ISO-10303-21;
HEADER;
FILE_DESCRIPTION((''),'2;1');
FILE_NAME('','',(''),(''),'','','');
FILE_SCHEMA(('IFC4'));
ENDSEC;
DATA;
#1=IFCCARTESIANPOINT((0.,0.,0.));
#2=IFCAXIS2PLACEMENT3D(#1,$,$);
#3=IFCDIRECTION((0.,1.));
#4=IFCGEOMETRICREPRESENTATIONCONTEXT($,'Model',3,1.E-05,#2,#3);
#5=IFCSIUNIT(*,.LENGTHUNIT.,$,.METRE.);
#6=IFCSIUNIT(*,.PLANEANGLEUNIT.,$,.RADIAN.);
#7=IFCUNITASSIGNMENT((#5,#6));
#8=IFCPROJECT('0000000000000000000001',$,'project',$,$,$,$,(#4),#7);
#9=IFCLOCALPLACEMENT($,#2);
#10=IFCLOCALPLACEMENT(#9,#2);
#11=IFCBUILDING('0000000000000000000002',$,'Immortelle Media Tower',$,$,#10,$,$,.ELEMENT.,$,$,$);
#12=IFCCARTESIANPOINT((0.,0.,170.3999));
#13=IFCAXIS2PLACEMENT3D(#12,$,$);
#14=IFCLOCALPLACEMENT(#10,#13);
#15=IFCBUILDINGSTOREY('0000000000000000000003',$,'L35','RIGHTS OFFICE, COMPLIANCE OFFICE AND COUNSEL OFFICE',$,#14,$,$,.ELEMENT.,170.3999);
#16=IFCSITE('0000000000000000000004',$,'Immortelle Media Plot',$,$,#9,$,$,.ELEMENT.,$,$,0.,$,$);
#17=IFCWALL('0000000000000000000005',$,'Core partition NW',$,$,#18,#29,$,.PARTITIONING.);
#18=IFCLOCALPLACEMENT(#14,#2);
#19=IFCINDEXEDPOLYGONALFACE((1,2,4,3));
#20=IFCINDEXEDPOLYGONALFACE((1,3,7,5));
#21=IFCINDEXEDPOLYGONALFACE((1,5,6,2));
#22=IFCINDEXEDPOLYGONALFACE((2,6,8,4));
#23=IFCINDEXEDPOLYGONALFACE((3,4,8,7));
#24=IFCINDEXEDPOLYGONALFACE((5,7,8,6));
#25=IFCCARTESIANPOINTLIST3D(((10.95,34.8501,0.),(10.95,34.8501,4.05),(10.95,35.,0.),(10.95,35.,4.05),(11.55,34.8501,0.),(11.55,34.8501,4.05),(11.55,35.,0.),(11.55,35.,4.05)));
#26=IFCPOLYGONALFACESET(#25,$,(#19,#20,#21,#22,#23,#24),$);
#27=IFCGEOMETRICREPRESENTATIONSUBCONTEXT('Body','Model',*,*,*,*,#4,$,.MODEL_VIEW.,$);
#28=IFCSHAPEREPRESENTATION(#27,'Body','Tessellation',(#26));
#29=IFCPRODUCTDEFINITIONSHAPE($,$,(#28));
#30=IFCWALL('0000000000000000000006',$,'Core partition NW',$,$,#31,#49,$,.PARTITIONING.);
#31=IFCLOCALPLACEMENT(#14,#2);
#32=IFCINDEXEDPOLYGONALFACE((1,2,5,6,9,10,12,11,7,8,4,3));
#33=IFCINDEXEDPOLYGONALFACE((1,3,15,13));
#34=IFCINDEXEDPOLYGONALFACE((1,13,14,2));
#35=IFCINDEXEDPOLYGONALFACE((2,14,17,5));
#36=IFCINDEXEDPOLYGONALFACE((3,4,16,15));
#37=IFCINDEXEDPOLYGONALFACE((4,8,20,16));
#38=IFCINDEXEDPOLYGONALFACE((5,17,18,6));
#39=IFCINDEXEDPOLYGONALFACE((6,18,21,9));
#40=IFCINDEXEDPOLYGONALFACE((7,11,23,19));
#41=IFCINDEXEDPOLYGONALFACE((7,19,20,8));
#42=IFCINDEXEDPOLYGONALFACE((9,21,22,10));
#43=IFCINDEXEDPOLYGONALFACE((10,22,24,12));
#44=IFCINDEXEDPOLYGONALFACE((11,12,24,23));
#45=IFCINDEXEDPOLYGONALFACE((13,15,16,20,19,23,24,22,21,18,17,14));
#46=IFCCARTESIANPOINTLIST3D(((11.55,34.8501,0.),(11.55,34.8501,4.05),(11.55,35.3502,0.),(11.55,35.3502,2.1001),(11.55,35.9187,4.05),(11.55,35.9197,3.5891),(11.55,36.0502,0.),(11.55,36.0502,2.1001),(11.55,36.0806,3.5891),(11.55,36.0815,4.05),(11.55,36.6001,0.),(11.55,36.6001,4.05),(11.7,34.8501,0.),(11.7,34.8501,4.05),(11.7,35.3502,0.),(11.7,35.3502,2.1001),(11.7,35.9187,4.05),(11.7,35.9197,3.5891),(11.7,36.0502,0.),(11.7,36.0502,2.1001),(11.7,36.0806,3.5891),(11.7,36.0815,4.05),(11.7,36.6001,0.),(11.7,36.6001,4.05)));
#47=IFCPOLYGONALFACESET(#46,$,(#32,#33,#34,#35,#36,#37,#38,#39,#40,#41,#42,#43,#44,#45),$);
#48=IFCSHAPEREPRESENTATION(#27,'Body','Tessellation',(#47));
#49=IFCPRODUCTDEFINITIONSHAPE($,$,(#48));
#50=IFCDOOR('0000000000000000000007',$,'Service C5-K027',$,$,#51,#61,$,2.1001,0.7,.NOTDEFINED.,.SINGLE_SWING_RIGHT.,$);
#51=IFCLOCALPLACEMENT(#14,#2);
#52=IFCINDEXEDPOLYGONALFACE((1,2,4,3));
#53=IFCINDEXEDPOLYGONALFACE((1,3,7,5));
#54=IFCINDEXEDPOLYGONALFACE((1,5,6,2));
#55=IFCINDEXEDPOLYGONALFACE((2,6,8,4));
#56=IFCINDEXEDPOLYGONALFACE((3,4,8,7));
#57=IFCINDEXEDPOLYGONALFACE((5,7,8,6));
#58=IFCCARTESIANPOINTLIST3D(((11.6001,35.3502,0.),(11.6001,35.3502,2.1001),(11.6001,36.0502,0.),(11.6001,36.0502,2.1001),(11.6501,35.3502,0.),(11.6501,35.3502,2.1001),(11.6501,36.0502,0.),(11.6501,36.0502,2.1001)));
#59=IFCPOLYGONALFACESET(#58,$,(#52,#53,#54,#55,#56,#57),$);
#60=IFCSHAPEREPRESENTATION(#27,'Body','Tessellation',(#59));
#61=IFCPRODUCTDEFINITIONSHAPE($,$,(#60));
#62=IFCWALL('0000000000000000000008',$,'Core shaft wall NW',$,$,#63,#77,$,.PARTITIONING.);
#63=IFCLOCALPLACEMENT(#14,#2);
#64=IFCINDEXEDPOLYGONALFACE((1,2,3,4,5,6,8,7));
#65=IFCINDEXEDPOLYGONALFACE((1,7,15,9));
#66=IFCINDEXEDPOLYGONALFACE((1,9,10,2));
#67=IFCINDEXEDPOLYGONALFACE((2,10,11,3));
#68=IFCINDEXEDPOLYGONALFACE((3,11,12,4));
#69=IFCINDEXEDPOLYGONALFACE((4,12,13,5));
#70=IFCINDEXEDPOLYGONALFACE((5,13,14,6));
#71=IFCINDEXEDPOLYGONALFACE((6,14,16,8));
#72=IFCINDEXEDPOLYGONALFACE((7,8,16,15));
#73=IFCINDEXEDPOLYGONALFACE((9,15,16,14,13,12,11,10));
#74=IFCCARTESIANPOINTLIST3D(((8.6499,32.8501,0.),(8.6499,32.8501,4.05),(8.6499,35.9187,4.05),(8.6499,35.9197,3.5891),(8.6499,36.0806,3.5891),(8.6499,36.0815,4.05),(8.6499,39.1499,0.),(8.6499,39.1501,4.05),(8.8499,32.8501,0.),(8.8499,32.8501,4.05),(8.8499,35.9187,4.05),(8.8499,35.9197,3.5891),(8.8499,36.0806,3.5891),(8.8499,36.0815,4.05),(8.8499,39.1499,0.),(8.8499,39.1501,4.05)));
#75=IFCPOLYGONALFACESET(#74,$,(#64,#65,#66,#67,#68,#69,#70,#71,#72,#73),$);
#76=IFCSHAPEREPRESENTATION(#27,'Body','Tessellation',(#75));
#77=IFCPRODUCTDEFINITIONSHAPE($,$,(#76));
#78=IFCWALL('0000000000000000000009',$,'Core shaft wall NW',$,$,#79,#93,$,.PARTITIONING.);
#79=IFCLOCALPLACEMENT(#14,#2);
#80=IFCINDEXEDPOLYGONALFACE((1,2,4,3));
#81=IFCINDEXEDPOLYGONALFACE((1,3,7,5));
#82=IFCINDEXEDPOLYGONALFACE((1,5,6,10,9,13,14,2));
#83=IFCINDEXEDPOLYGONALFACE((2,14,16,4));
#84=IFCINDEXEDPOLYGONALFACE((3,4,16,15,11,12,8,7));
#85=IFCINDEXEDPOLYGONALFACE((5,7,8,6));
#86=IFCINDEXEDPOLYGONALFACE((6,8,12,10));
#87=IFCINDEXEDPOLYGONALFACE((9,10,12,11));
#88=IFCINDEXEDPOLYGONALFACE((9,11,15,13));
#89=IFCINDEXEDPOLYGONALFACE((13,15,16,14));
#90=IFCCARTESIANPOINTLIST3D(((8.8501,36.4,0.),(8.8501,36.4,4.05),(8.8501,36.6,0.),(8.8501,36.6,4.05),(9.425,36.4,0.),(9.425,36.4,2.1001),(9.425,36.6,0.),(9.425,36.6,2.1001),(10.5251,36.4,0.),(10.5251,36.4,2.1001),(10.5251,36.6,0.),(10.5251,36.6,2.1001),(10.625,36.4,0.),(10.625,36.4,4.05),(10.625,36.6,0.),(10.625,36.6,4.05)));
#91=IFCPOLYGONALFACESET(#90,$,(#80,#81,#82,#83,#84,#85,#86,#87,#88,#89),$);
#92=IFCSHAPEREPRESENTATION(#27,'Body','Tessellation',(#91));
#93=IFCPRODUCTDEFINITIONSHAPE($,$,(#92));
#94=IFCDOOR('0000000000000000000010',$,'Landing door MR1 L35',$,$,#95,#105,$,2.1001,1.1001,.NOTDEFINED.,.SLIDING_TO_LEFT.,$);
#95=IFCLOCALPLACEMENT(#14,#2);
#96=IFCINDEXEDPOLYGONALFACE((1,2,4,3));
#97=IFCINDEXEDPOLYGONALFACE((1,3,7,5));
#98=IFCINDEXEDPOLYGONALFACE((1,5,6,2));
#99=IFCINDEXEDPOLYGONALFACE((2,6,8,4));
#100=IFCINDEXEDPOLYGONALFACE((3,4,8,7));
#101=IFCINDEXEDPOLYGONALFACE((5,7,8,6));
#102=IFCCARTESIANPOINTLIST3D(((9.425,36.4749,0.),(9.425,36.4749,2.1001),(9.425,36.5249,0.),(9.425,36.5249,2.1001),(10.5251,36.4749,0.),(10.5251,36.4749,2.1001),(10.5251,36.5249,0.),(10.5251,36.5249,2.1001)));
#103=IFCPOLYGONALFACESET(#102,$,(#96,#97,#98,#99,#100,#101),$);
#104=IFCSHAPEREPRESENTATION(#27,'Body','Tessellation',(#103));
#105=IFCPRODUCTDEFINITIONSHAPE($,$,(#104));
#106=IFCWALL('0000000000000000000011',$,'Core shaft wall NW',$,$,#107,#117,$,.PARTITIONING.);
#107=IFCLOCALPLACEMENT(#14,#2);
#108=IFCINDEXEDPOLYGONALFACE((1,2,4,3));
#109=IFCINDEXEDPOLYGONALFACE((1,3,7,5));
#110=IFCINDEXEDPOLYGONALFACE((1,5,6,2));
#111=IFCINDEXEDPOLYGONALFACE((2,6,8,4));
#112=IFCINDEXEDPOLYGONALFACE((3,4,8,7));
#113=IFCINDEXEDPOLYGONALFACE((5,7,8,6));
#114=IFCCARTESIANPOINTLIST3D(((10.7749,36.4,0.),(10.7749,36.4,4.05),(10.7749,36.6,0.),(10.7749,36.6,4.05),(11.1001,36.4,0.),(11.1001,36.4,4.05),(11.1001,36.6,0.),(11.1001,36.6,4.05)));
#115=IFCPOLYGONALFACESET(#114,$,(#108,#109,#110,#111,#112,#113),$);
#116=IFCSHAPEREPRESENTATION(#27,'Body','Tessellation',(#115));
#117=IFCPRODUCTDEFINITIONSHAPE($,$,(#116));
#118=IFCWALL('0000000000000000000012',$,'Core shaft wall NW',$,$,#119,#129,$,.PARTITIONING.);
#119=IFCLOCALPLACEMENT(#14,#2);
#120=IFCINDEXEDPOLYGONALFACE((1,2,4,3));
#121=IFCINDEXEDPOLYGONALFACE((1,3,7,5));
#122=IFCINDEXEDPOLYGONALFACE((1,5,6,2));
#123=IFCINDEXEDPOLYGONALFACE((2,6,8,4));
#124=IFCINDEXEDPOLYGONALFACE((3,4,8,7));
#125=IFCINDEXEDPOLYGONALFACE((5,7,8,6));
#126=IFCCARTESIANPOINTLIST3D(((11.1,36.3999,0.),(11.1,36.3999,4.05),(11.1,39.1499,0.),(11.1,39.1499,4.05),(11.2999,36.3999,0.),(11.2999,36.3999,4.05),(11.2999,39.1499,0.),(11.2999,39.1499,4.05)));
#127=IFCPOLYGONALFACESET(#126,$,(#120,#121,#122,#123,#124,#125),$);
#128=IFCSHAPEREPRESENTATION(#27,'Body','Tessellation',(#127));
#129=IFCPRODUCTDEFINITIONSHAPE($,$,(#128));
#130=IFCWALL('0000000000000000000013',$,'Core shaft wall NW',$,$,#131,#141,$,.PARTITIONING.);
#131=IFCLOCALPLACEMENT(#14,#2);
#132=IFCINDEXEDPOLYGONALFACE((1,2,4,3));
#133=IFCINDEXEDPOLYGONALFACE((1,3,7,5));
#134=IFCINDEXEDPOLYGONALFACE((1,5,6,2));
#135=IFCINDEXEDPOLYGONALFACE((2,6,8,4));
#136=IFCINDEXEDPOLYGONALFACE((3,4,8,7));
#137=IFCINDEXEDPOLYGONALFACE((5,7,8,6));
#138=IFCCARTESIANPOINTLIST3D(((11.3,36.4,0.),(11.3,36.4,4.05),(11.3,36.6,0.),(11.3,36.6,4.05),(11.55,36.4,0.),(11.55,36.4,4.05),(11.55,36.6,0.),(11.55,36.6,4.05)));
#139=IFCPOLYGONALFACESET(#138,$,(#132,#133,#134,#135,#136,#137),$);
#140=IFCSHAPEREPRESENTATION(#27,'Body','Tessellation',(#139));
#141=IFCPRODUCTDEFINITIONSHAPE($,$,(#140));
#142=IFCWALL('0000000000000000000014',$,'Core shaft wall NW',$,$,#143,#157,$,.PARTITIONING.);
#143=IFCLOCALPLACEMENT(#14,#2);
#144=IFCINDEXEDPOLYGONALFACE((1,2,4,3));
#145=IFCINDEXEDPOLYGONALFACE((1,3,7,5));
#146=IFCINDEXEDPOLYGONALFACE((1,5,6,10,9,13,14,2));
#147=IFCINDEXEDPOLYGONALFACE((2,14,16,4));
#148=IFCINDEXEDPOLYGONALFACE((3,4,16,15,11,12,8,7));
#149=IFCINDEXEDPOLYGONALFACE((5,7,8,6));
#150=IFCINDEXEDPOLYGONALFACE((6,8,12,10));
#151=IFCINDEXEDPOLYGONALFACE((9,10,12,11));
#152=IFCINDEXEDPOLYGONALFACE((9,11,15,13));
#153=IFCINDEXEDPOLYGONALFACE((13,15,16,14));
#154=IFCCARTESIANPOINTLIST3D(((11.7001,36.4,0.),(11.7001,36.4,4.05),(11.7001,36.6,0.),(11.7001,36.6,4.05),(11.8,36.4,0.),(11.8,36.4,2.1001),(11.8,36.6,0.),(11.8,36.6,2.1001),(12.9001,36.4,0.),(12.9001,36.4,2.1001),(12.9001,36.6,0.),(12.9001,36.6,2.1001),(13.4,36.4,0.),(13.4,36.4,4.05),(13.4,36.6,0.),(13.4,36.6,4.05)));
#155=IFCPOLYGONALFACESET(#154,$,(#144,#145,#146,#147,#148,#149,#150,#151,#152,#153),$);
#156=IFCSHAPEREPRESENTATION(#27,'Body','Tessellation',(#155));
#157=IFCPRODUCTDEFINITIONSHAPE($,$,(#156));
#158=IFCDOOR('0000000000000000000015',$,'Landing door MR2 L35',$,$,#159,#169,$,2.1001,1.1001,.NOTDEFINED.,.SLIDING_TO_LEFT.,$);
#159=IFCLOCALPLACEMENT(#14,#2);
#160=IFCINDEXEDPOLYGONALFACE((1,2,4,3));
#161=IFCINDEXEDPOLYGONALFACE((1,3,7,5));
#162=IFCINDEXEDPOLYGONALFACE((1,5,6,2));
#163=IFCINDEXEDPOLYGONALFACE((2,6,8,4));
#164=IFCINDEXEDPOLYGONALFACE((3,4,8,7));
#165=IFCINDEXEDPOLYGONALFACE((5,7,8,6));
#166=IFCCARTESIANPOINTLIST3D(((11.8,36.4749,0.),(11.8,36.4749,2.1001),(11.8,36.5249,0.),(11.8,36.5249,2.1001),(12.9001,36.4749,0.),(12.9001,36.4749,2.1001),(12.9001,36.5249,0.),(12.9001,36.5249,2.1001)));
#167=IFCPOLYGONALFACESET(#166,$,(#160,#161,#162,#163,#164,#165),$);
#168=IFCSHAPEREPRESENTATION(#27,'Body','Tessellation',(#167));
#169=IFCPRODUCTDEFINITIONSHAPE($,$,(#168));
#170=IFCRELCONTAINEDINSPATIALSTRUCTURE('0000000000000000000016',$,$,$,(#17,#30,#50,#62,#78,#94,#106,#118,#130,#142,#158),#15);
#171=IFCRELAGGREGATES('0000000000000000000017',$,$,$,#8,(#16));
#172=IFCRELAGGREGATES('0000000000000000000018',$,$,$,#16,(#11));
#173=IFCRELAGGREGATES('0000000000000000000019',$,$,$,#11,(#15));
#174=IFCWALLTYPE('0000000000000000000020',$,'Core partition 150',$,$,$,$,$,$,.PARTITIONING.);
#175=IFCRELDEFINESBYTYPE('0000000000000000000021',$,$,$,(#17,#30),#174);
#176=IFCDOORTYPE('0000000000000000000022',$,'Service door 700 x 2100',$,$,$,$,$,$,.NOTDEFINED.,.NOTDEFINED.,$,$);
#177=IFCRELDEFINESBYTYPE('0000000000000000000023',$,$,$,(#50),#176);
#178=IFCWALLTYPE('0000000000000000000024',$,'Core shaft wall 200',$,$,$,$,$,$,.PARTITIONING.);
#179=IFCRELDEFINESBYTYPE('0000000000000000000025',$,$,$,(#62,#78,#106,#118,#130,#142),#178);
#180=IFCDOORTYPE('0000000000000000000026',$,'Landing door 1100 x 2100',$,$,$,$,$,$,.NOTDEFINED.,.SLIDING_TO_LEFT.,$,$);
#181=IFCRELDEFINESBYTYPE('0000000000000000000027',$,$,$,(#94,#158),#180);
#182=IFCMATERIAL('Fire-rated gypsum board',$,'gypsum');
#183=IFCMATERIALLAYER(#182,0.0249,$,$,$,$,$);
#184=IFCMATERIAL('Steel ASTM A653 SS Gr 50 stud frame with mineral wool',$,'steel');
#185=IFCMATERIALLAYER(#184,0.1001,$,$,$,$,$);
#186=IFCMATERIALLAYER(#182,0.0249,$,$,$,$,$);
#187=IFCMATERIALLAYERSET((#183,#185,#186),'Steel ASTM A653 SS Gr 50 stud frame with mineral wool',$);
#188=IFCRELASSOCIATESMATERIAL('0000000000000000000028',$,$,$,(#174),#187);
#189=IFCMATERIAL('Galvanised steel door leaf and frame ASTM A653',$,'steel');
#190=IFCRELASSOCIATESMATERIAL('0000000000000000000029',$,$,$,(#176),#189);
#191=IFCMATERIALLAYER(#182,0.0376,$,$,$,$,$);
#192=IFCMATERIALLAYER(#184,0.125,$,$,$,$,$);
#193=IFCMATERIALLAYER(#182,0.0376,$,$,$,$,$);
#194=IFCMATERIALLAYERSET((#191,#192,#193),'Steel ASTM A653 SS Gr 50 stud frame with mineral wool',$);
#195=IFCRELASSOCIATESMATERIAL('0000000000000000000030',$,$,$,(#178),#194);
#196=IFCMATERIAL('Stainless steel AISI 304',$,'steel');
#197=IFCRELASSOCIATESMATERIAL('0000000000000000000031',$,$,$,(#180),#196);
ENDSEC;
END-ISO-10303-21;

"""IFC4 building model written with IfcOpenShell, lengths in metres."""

from ifc_helpers import new_model, si_unit, direction, frame, frame_2d, origin, place, context, subcontext, project, spatial, polyline, rectangle, outline, extrude, material, layer, layer_set, type_object, element, fill, save


model = new_model("IFC4")

# Units and contexts
model_context = context("Model", 3, precision=1e-05, world=origin(), true_north=direction((0.0, 1.0)))
body_context = subcontext(model_context, "Body", "Model", "MODEL_VIEW")
ifc_project = project(units=[si_unit("LENGTHUNIT", "METRE"), si_unit("PLANEANGLEUNIT", "RADIAN")], contexts=[model_context])

# Site, building, storey
site_placement = place(None, origin())
site = spatial("IfcSite", under=ifc_project, at=site_placement, Name="Immortelle Media Plot", CompositionType="ELEMENT", RefElevation=0.0)
building_placement = place(site_placement, origin())
building = spatial("IfcBuilding", under=site, at=building_placement, Name="Immortelle Media Tower", CompositionType="ELEMENT")
storey_placement = place(building_placement, frame((0.0, 0.0, 170.3999)))
storey = spatial("IfcBuildingStorey", under=building, at=storey_placement, Name="L35", Description="RIGHTS OFFICE, COMPLIANCE OFFICE AND COUNSEL OFFICE", CompositionType="ELEMENT", Elevation=170.3999)

# Shared definitions
ifc_material_1 = material(Name="Fire-rated gypsum board", Category="gypsum")
ifc_layer_1 = layer(ifc_material_1, 0.0249)
ifc_material_2 = material(Name="Steel ASTM A653 SS Gr 50 stud frame with mineral wool", Category="steel")
ifc_layer_2 = layer(ifc_material_2, 0.1001)
ifc_layer_3 = layer(ifc_material_1, 0.0249)
ifc_layer_set_1 = layer_set([ifc_layer_1, ifc_layer_2, ifc_layer_3], Name="Steel ASTM A653 SS Gr 50 stud frame with mineral wool")
wall_type_1 = type_object("IfcWallType", Name="Core partition 150", PredefinedType="PARTITIONING", material=ifc_layer_set_1)

# Shared definitions
ifc_material_3 = material(Name="Galvanised steel door leaf and frame ASTM A653", Category="steel")

# Wall
wall_1_placement = place(storey_placement, frame((10.95, 34.925, 0.0), z_axis=(0.0, 0.0, 1.0), x_axis=(1.0, 0.0, 0.0)))
element("IfcWall", 1, at=wall_1_placement, inside=storey, type_object=wall_type_1, Name="Core partition NW", PredefinedType="PARTITIONING", context=body_context, shape_type="SweptSolid", body=[
    extrude(rectangle(XDim=0.6001, YDim=0.1499, at=frame_2d((0.3, 0.0))), origin(), (0.0, 0.0, 1.0), 4.05),
])

# Wall, opening, door
wall_2_placement = place(storey_placement, frame((11.625, 34.8501, 0.0), z_axis=(0.0, 0.0, 1.0), x_axis=(0.0, 1.0, 0.0)))
wall_2 = element("IfcWall", 2, at=wall_2_placement, inside=storey, type_object=wall_type_1, Name="Core partition NW", PredefinedType="PARTITIONING", context=body_context, shape_type="SweptSolid", body=[
    extrude(outline(polyline([(0.0, 0.0), (1.75, 0.0), (1.75, 4.05), (1.2314, 4.05), (1.2305, 3.5891), (1.0696, 3.5891), (1.0686, 4.05), (0.0, 4.05), (0.0, 0.0)])), frame((0.0, 0.075, 0.0), z_axis=(0.0, -1.0, 0.0), x_axis=(1.0, 0.0, 0.0)), (0.0, 0.0, 1.0), 0.1499),
])
opening_1_placement = place(wall_2_placement, frame((0.5, 0.0, 0.0)))
opening_1 = element("IfcOpeningElement", 3, at=opening_1_placement, cuts=wall_2, PredefinedType="OPENING", context=body_context, shape_type="SweptSolid", body=[
    extrude(rectangle(XDim=0.7, YDim=2.1001, at=frame_2d((0.3501, 1.05))), frame((0.0, 0.085, 0.0), z_axis=(0.0, -1.0, 0.0), x_axis=(1.0, 0.0, 0.0)), (0.0, 0.0, 1.0), 0.1699),
])
door_type_1 = type_object("IfcDoorType", Name="Service door 700 x 2100", OperationType="NOTDEFINED", PredefinedType="NOTDEFINED", material=ifc_material_3)
door_1_placement = place(opening_1_placement, origin())
door_1 = element("IfcDoor", 4, at=door_1_placement, inside=storey, type_object=door_type_1, Name="Service C5-K027", OperationType="SINGLE_SWING_RIGHT", OverallHeight=2.1001, OverallWidth=0.7, PredefinedType="NOTDEFINED", context=body_context, shape_type="SweptSolid", body=[
    extrude(rectangle(XDim=0.7, YDim=2.1001, at=frame_2d((0.3501, 1.05))), frame((0.0, 0.0249, 0.0), z_axis=(0.0, -1.0, 0.0), x_axis=(1.0, 0.0, 0.0)), (0.0, 0.0, 1.0), 0.05),
])
fill(opening_1, door_1)

# Wall
ifc_layer_4 = layer(ifc_material_1, 0.0376)
ifc_layer_5 = layer(ifc_material_2, 0.125)
ifc_layer_6 = layer(ifc_material_1, 0.0376)
ifc_layer_set_2 = layer_set([ifc_layer_4, ifc_layer_5, ifc_layer_6], Name="Steel ASTM A653 SS Gr 50 stud frame with mineral wool")
wall_type_2 = type_object("IfcWallType", Name="Core shaft wall 200", PredefinedType="PARTITIONING", material=ifc_layer_set_2)
wall_3_placement = place(storey_placement, frame((8.75, 32.8501, 0.0), z_axis=(0.0, 0.0, 1.0), x_axis=(0.0, 1.0, 0.0)))
element("IfcWall", 5, at=wall_3_placement, inside=storey, type_object=wall_type_2, Name="Core shaft wall NW", PredefinedType="PARTITIONING", context=body_context, shape_type="SweptSolid", body=[
    extrude(outline(polyline([(0.0, 0.0), (6.2998, 0.0), (6.3, 4.05), (3.2314, 4.05), (3.2305, 3.5891), (3.0696, 3.5891), (3.0686, 4.05), (0.0, 4.05), (0.0, 0.0)])), frame((0.0, 0.1001, 0.0), z_axis=(0.0, -1.0, 0.0), x_axis=(1.0, 0.0, 0.0)), (0.0, 0.0, 1.0), 0.2),
])

# Wall, opening, door
wall_4_placement = place(storey_placement, frame((8.8501, 36.5, 0.0), z_axis=(0.0, 0.0, 1.0), x_axis=(1.0, 0.0, 0.0)))
wall_4 = element("IfcWall", 6, at=wall_4_placement, inside=storey, type_object=wall_type_2, Name="Core shaft wall NW", PredefinedType="PARTITIONING", context=body_context, shape_type="SweptSolid", body=[
    extrude(rectangle(XDim=1.7749, YDim=0.2, at=frame_2d((0.8875, 0.0))), origin(), (0.0, 0.0, 1.0), 4.05),
])
opening_2_placement = place(wall_4_placement, frame((0.575, 0.0, 0.0)))
opening_2 = element("IfcOpeningElement", 7, at=opening_2_placement, cuts=wall_4, PredefinedType="OPENING", context=body_context, shape_type="SweptSolid", body=[
    extrude(rectangle(XDim=1.1001, YDim=2.1001, at=frame_2d((0.55, 1.05))), frame((0.0, 0.1099, 0.0), z_axis=(0.0, -1.0, 0.0), x_axis=(1.0, 0.0, 0.0)), (0.0, 0.0, 1.0), 0.22),
])
ifc_material_4 = material(Name="Stainless steel AISI 304", Category="steel")
door_type_2 = type_object("IfcDoorType", Name="Landing door 1100 x 2100", OperationType="SLIDING_TO_LEFT", PredefinedType="NOTDEFINED", material=ifc_material_4)
door_2_placement = place(opening_2_placement, origin())
door_2 = element("IfcDoor", 8, at=door_2_placement, inside=storey, type_object=door_type_2, Name="Landing door MR1 L35", OperationType="SLIDING_TO_LEFT", OverallHeight=2.1001, OverallWidth=1.1001, PredefinedType="NOTDEFINED", context=body_context, shape_type="SweptSolid", body=[
    extrude(rectangle(XDim=1.1001, YDim=2.1001, at=frame_2d((0.55, 1.05))), frame((0.0, 0.0249, 0.0), z_axis=(0.0, -1.0, 0.0), x_axis=(1.0, 0.0, 0.0)), (0.0, 0.0, 1.0), 0.05),
])
fill(opening_2, door_2)

# Walls
wall_5_placement = place(storey_placement, frame((10.7749, 36.5, 0.0), z_axis=(0.0, 0.0, 1.0), x_axis=(1.0, 0.0, 0.0)))
element("IfcWall", 9, at=wall_5_placement, inside=storey, type_object=wall_type_2, Name="Core shaft wall NW", PredefinedType="PARTITIONING", context=body_context, shape_type="SweptSolid", body=[
    extrude(rectangle(XDim=0.3252, YDim=0.2, at=frame_2d((0.1626, 0.0))), origin(), (0.0, 0.0, 1.0), 4.05),
])
wall_6_placement = place(storey_placement, frame((11.2, 36.3999, 0.0), z_axis=(0.0, 0.0, 1.0), x_axis=(0.0, 1.0, 0.0)))
element("IfcWall", 10, at=wall_6_placement, inside=storey, type_object=wall_type_2, Name="Core shaft wall NW", PredefinedType="PARTITIONING", context=body_context, shape_type="SweptSolid", body=[
    extrude(rectangle(XDim=2.75, YDim=0.2, at=frame_2d((1.375, 0.0))), origin(), (0.0, 0.0, 1.0), 4.05),
])
wall_7_placement = place(storey_placement, frame((11.3, 36.5, 0.0), z_axis=(0.0, 0.0, 1.0), x_axis=(1.0, 0.0, 0.0)))
element("IfcWall", 11, at=wall_7_placement, inside=storey, type_object=wall_type_2, Name="Core shaft wall NW", PredefinedType="PARTITIONING", context=body_context, shape_type="SweptSolid", body=[
    extrude(rectangle(XDim=0.25, YDim=0.2, at=frame_2d((0.125, 0.0))), origin(), (0.0, 0.0, 1.0), 4.05),
])

# Wall, opening, door
wall_8_placement = place(storey_placement, frame((11.7, 36.5, 0.0), z_axis=(0.0, 0.0, 1.0), x_axis=(1.0, 0.0, 0.0)))
wall_8 = element("IfcWall", 12, at=wall_8_placement, inside=storey, type_object=wall_type_2, Name="Core shaft wall NW", PredefinedType="PARTITIONING", context=body_context, shape_type="SweptSolid", body=[
    extrude(rectangle(XDim=1.7, YDim=0.2, at=frame_2d((0.8501, 0.0))), origin(), (0.0, 0.0, 1.0), 4.05),
])
opening_3_placement = place(wall_8_placement, frame((0.1001, 0.0, 0.0)))
opening_3 = element("IfcOpeningElement", 13, at=opening_3_placement, cuts=wall_8, PredefinedType="OPENING", context=body_context, shape_type="SweptSolid", body=[
    extrude(rectangle(XDim=1.1001, YDim=2.1001, at=frame_2d((0.55, 1.05))), frame((0.0, 0.1099, 0.0), z_axis=(0.0, -1.0, 0.0), x_axis=(1.0, 0.0, 0.0)), (0.0, 0.0, 1.0), 0.22),
])
door_3_placement = place(opening_3_placement, origin())
door_3 = element("IfcDoor", 14, at=door_3_placement, inside=storey, type_object=door_type_2, Name="Landing door MR2 L35", OperationType="SLIDING_TO_LEFT", OverallHeight=2.1001, OverallWidth=1.1001, PredefinedType="NOTDEFINED", context=body_context, shape_type="SweptSolid", body=[
    extrude(rectangle(XDim=1.1001, YDim=2.1001, at=frame_2d((0.55, 1.05))), frame((0.0, 0.0249, 0.0), z_axis=(0.0, -1.0, 0.0), x_axis=(1.0, 0.0, 0.0)), (0.0, 0.0, 1.0), 0.05),
])
fill(opening_3, door_3)

save(model, "model.ifc")
